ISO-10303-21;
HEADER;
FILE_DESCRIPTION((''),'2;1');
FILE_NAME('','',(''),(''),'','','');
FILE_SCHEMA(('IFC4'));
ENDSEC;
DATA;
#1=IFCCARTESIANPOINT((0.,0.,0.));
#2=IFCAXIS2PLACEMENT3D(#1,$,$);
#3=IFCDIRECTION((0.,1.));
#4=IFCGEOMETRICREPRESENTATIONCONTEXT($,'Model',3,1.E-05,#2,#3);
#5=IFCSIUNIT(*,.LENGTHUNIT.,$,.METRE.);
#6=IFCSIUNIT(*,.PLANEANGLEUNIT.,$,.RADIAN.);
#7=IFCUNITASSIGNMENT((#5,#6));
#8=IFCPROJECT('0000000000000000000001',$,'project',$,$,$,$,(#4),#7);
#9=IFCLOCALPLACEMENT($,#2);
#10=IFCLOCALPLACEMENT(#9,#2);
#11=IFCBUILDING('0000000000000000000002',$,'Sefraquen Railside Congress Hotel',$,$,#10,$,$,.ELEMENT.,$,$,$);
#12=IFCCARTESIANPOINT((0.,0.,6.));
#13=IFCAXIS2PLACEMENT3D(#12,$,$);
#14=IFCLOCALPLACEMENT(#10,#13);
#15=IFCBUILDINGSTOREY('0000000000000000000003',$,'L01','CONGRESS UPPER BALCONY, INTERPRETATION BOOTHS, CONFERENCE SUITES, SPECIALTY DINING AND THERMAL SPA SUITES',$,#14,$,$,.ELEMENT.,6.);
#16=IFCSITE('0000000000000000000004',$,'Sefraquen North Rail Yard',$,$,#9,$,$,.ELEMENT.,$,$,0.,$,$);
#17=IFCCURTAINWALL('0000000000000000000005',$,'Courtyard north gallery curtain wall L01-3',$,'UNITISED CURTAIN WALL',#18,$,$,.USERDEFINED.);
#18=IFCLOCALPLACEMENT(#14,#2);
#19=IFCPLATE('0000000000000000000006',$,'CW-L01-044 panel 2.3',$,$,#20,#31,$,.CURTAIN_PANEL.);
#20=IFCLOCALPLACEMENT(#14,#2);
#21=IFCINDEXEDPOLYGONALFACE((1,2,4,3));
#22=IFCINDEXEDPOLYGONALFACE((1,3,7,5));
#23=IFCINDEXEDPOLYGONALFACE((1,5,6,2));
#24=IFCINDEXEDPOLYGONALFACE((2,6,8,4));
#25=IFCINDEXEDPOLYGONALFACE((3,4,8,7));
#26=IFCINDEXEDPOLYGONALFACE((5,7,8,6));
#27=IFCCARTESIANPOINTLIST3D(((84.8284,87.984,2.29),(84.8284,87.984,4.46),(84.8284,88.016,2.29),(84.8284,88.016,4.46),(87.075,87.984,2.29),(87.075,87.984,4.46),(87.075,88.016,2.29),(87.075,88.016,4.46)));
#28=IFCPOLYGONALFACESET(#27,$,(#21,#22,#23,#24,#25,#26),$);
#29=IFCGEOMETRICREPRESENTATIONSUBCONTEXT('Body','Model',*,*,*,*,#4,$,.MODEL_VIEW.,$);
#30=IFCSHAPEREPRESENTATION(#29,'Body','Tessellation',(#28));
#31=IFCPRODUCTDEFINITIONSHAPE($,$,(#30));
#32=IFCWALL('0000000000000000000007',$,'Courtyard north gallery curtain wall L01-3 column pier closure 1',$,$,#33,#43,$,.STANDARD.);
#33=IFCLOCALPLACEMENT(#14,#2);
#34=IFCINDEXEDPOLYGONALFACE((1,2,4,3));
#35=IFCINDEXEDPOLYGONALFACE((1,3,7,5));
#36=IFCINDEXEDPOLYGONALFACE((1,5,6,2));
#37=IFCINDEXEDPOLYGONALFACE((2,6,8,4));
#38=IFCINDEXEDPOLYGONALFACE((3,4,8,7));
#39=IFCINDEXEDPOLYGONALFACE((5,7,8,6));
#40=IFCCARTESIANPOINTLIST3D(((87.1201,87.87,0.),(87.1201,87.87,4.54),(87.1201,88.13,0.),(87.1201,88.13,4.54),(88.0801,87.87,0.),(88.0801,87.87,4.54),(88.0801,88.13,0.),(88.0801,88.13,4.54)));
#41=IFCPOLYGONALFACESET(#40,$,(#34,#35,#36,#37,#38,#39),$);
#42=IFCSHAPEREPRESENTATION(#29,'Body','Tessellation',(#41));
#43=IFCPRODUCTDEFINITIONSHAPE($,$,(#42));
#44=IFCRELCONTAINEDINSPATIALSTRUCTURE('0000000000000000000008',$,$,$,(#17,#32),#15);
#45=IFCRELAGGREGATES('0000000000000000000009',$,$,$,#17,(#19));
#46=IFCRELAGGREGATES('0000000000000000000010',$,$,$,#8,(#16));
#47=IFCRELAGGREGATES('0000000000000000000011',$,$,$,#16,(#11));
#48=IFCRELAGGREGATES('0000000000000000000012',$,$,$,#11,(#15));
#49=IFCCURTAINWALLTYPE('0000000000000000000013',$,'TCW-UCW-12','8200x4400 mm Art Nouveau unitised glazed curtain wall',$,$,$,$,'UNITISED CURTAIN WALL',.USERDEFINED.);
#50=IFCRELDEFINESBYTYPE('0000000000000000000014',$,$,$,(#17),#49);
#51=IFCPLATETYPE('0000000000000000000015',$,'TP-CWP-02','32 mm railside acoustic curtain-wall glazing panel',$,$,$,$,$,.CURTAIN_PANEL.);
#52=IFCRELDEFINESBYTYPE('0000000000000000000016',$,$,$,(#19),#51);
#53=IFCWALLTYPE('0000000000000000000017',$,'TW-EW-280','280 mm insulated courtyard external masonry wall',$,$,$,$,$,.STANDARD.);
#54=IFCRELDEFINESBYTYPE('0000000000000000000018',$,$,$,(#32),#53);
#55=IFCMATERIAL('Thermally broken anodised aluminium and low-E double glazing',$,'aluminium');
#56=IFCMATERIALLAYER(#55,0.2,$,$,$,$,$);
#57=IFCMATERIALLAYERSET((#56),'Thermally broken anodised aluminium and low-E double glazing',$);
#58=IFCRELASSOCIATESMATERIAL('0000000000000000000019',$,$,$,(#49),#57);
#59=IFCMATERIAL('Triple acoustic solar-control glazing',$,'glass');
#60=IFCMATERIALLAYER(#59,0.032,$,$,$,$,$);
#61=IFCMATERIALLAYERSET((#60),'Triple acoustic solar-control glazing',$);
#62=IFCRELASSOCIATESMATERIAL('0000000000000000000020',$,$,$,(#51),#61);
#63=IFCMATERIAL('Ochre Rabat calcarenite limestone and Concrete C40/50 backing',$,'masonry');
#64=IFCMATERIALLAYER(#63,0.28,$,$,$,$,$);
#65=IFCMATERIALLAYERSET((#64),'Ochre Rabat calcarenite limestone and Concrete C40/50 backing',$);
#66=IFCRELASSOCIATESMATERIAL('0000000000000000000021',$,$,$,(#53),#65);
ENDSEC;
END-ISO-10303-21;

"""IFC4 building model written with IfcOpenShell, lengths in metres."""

from ifc_helpers import new_model, si_unit, direction, frame, frame_2d, origin, origin_2d, place, context, subcontext, project, spatial, rectangle, extrude, material, layer, layer_set, type_object, element, aggregate, save


model = new_model("IFC4")

# Units and contexts
model_context = context("Model", 3, precision=1e-05, world=origin(), true_north=direction((0.0, 1.0)))
body_context = subcontext(model_context, "Body", "Model", "MODEL_VIEW")
ifc_project = project(units=[si_unit("LENGTHUNIT", "METRE"), si_unit("PLANEANGLEUNIT", "RADIAN")], contexts=[model_context])

# Site, building, storey
site_placement = place(None, origin())
site = spatial("IfcSite", under=ifc_project, at=site_placement, Name="Sefraquen North Rail Yard", CompositionType="ELEMENT", RefElevation=0.0)
building_placement = place(site_placement, origin())
building = spatial("IfcBuilding", under=site, at=building_placement, Name="Sefraquen Railside Congress Hotel", CompositionType="ELEMENT")
storey_placement = place(building_placement, frame((0.0, 0.0, 6.0)))
storey = spatial("IfcBuildingStorey", under=building, at=storey_placement, Name="L01", Description="CONGRESS UPPER BALCONY, INTERPRETATION BOOTHS, CONFERENCE SUITES, SPECIALTY DINING AND THERMAL SPA SUITES", CompositionType="ELEMENT", Elevation=6.0)

# Curtain wall
ifc_material_1 = material(Name="Thermally broken anodised aluminium and low-E double glazing", Category="aluminium")
ifc_layer_1 = layer(ifc_material_1, 0.2)
ifc_layer_set_1 = layer_set([ifc_layer_1], Name="Thermally broken anodised aluminium and low-E double glazing")
curtain_wall_type = type_object("IfcCurtainWallType", Name="TCW-UCW-12", Description="8200x4400 mm Art Nouveau unitised glazed curtain wall", ElementType="UNITISED CURTAIN WALL", PredefinedType="USERDEFINED", material=ifc_layer_set_1)
curtain_wall_1_placement = place(storey_placement, origin())
curtain_wall_1 = element("IfcCurtainWall", 1, at=curtain_wall_1_placement, inside=storey, type_object=curtain_wall_type, Name="Courtyard north gallery curtain wall L01-3", ObjectType="UNITISED CURTAIN WALL", PredefinedType="USERDEFINED")

# Plate
ifc_material_2 = material(Name="Triple acoustic solar-control glazing", Category="glass")
ifc_layer_2 = layer(ifc_material_2, 0.032)
ifc_layer_set_2 = layer_set([ifc_layer_2], Name="Triple acoustic solar-control glazing")
plate_type_1 = type_object("IfcPlateType", Name="TP-CWP-02", Description="32 mm railside acoustic curtain-wall glazing panel", PredefinedType="CURTAIN_PANEL", material=ifc_layer_set_2)
plate_1_placement = place(storey_placement, frame((85.9517, 88.0, 2.29), z_axis=(0.0, 0.0, 1.0), x_axis=(1.0, 0.0, 0.0)))
plate_1 = element("IfcPlate", 2, at=plate_1_placement, type_object=plate_type_1, Name="CW-L01-044 panel 2.3", PredefinedType="CURTAIN_PANEL", context=body_context, shape_type="SweptSolid", body=[
    extrude(rectangle(XDim=2.2466, YDim=0.032, at=origin_2d()), origin(), (0.0, 0.0, 1.0), 2.1699),
])
aggregate(curtain_wall_1, [plate_1])

# Wall
ifc_material_3 = material(Name="Ochre Rabat calcarenite limestone and Concrete C40/50 backing", Category="masonry")
ifc_layer_3 = layer(ifc_material_3, 0.28)
ifc_layer_set_3 = layer_set([ifc_layer_3], Name="Ochre Rabat calcarenite limestone and Concrete C40/50 backing")
wall_type = type_object("IfcWallType", Name="TW-EW-280", Description="280 mm insulated courtyard external masonry wall", PredefinedType="STANDARD", material=ifc_layer_set_3)
wall_placement = place(storey_placement, frame((87.1201, 88.0, 0.0), z_axis=(0.0, 0.0, 1.0), x_axis=(1.0, 0.0, 0.0)))
element("IfcWall", 3, at=wall_placement, inside=storey, type_object=wall_type, Name="Courtyard north gallery curtain wall L01-3 column pier closure 1", PredefinedType="STANDARD", context=body_context, shape_type="SweptSolid", body=[
    extrude(rectangle(XDim=0.96, YDim=0.26, at=frame_2d((0.48, 0.0))), origin(), (0.0, 0.0, 1.0), 4.54),
])

save(model, "model.ifc")
